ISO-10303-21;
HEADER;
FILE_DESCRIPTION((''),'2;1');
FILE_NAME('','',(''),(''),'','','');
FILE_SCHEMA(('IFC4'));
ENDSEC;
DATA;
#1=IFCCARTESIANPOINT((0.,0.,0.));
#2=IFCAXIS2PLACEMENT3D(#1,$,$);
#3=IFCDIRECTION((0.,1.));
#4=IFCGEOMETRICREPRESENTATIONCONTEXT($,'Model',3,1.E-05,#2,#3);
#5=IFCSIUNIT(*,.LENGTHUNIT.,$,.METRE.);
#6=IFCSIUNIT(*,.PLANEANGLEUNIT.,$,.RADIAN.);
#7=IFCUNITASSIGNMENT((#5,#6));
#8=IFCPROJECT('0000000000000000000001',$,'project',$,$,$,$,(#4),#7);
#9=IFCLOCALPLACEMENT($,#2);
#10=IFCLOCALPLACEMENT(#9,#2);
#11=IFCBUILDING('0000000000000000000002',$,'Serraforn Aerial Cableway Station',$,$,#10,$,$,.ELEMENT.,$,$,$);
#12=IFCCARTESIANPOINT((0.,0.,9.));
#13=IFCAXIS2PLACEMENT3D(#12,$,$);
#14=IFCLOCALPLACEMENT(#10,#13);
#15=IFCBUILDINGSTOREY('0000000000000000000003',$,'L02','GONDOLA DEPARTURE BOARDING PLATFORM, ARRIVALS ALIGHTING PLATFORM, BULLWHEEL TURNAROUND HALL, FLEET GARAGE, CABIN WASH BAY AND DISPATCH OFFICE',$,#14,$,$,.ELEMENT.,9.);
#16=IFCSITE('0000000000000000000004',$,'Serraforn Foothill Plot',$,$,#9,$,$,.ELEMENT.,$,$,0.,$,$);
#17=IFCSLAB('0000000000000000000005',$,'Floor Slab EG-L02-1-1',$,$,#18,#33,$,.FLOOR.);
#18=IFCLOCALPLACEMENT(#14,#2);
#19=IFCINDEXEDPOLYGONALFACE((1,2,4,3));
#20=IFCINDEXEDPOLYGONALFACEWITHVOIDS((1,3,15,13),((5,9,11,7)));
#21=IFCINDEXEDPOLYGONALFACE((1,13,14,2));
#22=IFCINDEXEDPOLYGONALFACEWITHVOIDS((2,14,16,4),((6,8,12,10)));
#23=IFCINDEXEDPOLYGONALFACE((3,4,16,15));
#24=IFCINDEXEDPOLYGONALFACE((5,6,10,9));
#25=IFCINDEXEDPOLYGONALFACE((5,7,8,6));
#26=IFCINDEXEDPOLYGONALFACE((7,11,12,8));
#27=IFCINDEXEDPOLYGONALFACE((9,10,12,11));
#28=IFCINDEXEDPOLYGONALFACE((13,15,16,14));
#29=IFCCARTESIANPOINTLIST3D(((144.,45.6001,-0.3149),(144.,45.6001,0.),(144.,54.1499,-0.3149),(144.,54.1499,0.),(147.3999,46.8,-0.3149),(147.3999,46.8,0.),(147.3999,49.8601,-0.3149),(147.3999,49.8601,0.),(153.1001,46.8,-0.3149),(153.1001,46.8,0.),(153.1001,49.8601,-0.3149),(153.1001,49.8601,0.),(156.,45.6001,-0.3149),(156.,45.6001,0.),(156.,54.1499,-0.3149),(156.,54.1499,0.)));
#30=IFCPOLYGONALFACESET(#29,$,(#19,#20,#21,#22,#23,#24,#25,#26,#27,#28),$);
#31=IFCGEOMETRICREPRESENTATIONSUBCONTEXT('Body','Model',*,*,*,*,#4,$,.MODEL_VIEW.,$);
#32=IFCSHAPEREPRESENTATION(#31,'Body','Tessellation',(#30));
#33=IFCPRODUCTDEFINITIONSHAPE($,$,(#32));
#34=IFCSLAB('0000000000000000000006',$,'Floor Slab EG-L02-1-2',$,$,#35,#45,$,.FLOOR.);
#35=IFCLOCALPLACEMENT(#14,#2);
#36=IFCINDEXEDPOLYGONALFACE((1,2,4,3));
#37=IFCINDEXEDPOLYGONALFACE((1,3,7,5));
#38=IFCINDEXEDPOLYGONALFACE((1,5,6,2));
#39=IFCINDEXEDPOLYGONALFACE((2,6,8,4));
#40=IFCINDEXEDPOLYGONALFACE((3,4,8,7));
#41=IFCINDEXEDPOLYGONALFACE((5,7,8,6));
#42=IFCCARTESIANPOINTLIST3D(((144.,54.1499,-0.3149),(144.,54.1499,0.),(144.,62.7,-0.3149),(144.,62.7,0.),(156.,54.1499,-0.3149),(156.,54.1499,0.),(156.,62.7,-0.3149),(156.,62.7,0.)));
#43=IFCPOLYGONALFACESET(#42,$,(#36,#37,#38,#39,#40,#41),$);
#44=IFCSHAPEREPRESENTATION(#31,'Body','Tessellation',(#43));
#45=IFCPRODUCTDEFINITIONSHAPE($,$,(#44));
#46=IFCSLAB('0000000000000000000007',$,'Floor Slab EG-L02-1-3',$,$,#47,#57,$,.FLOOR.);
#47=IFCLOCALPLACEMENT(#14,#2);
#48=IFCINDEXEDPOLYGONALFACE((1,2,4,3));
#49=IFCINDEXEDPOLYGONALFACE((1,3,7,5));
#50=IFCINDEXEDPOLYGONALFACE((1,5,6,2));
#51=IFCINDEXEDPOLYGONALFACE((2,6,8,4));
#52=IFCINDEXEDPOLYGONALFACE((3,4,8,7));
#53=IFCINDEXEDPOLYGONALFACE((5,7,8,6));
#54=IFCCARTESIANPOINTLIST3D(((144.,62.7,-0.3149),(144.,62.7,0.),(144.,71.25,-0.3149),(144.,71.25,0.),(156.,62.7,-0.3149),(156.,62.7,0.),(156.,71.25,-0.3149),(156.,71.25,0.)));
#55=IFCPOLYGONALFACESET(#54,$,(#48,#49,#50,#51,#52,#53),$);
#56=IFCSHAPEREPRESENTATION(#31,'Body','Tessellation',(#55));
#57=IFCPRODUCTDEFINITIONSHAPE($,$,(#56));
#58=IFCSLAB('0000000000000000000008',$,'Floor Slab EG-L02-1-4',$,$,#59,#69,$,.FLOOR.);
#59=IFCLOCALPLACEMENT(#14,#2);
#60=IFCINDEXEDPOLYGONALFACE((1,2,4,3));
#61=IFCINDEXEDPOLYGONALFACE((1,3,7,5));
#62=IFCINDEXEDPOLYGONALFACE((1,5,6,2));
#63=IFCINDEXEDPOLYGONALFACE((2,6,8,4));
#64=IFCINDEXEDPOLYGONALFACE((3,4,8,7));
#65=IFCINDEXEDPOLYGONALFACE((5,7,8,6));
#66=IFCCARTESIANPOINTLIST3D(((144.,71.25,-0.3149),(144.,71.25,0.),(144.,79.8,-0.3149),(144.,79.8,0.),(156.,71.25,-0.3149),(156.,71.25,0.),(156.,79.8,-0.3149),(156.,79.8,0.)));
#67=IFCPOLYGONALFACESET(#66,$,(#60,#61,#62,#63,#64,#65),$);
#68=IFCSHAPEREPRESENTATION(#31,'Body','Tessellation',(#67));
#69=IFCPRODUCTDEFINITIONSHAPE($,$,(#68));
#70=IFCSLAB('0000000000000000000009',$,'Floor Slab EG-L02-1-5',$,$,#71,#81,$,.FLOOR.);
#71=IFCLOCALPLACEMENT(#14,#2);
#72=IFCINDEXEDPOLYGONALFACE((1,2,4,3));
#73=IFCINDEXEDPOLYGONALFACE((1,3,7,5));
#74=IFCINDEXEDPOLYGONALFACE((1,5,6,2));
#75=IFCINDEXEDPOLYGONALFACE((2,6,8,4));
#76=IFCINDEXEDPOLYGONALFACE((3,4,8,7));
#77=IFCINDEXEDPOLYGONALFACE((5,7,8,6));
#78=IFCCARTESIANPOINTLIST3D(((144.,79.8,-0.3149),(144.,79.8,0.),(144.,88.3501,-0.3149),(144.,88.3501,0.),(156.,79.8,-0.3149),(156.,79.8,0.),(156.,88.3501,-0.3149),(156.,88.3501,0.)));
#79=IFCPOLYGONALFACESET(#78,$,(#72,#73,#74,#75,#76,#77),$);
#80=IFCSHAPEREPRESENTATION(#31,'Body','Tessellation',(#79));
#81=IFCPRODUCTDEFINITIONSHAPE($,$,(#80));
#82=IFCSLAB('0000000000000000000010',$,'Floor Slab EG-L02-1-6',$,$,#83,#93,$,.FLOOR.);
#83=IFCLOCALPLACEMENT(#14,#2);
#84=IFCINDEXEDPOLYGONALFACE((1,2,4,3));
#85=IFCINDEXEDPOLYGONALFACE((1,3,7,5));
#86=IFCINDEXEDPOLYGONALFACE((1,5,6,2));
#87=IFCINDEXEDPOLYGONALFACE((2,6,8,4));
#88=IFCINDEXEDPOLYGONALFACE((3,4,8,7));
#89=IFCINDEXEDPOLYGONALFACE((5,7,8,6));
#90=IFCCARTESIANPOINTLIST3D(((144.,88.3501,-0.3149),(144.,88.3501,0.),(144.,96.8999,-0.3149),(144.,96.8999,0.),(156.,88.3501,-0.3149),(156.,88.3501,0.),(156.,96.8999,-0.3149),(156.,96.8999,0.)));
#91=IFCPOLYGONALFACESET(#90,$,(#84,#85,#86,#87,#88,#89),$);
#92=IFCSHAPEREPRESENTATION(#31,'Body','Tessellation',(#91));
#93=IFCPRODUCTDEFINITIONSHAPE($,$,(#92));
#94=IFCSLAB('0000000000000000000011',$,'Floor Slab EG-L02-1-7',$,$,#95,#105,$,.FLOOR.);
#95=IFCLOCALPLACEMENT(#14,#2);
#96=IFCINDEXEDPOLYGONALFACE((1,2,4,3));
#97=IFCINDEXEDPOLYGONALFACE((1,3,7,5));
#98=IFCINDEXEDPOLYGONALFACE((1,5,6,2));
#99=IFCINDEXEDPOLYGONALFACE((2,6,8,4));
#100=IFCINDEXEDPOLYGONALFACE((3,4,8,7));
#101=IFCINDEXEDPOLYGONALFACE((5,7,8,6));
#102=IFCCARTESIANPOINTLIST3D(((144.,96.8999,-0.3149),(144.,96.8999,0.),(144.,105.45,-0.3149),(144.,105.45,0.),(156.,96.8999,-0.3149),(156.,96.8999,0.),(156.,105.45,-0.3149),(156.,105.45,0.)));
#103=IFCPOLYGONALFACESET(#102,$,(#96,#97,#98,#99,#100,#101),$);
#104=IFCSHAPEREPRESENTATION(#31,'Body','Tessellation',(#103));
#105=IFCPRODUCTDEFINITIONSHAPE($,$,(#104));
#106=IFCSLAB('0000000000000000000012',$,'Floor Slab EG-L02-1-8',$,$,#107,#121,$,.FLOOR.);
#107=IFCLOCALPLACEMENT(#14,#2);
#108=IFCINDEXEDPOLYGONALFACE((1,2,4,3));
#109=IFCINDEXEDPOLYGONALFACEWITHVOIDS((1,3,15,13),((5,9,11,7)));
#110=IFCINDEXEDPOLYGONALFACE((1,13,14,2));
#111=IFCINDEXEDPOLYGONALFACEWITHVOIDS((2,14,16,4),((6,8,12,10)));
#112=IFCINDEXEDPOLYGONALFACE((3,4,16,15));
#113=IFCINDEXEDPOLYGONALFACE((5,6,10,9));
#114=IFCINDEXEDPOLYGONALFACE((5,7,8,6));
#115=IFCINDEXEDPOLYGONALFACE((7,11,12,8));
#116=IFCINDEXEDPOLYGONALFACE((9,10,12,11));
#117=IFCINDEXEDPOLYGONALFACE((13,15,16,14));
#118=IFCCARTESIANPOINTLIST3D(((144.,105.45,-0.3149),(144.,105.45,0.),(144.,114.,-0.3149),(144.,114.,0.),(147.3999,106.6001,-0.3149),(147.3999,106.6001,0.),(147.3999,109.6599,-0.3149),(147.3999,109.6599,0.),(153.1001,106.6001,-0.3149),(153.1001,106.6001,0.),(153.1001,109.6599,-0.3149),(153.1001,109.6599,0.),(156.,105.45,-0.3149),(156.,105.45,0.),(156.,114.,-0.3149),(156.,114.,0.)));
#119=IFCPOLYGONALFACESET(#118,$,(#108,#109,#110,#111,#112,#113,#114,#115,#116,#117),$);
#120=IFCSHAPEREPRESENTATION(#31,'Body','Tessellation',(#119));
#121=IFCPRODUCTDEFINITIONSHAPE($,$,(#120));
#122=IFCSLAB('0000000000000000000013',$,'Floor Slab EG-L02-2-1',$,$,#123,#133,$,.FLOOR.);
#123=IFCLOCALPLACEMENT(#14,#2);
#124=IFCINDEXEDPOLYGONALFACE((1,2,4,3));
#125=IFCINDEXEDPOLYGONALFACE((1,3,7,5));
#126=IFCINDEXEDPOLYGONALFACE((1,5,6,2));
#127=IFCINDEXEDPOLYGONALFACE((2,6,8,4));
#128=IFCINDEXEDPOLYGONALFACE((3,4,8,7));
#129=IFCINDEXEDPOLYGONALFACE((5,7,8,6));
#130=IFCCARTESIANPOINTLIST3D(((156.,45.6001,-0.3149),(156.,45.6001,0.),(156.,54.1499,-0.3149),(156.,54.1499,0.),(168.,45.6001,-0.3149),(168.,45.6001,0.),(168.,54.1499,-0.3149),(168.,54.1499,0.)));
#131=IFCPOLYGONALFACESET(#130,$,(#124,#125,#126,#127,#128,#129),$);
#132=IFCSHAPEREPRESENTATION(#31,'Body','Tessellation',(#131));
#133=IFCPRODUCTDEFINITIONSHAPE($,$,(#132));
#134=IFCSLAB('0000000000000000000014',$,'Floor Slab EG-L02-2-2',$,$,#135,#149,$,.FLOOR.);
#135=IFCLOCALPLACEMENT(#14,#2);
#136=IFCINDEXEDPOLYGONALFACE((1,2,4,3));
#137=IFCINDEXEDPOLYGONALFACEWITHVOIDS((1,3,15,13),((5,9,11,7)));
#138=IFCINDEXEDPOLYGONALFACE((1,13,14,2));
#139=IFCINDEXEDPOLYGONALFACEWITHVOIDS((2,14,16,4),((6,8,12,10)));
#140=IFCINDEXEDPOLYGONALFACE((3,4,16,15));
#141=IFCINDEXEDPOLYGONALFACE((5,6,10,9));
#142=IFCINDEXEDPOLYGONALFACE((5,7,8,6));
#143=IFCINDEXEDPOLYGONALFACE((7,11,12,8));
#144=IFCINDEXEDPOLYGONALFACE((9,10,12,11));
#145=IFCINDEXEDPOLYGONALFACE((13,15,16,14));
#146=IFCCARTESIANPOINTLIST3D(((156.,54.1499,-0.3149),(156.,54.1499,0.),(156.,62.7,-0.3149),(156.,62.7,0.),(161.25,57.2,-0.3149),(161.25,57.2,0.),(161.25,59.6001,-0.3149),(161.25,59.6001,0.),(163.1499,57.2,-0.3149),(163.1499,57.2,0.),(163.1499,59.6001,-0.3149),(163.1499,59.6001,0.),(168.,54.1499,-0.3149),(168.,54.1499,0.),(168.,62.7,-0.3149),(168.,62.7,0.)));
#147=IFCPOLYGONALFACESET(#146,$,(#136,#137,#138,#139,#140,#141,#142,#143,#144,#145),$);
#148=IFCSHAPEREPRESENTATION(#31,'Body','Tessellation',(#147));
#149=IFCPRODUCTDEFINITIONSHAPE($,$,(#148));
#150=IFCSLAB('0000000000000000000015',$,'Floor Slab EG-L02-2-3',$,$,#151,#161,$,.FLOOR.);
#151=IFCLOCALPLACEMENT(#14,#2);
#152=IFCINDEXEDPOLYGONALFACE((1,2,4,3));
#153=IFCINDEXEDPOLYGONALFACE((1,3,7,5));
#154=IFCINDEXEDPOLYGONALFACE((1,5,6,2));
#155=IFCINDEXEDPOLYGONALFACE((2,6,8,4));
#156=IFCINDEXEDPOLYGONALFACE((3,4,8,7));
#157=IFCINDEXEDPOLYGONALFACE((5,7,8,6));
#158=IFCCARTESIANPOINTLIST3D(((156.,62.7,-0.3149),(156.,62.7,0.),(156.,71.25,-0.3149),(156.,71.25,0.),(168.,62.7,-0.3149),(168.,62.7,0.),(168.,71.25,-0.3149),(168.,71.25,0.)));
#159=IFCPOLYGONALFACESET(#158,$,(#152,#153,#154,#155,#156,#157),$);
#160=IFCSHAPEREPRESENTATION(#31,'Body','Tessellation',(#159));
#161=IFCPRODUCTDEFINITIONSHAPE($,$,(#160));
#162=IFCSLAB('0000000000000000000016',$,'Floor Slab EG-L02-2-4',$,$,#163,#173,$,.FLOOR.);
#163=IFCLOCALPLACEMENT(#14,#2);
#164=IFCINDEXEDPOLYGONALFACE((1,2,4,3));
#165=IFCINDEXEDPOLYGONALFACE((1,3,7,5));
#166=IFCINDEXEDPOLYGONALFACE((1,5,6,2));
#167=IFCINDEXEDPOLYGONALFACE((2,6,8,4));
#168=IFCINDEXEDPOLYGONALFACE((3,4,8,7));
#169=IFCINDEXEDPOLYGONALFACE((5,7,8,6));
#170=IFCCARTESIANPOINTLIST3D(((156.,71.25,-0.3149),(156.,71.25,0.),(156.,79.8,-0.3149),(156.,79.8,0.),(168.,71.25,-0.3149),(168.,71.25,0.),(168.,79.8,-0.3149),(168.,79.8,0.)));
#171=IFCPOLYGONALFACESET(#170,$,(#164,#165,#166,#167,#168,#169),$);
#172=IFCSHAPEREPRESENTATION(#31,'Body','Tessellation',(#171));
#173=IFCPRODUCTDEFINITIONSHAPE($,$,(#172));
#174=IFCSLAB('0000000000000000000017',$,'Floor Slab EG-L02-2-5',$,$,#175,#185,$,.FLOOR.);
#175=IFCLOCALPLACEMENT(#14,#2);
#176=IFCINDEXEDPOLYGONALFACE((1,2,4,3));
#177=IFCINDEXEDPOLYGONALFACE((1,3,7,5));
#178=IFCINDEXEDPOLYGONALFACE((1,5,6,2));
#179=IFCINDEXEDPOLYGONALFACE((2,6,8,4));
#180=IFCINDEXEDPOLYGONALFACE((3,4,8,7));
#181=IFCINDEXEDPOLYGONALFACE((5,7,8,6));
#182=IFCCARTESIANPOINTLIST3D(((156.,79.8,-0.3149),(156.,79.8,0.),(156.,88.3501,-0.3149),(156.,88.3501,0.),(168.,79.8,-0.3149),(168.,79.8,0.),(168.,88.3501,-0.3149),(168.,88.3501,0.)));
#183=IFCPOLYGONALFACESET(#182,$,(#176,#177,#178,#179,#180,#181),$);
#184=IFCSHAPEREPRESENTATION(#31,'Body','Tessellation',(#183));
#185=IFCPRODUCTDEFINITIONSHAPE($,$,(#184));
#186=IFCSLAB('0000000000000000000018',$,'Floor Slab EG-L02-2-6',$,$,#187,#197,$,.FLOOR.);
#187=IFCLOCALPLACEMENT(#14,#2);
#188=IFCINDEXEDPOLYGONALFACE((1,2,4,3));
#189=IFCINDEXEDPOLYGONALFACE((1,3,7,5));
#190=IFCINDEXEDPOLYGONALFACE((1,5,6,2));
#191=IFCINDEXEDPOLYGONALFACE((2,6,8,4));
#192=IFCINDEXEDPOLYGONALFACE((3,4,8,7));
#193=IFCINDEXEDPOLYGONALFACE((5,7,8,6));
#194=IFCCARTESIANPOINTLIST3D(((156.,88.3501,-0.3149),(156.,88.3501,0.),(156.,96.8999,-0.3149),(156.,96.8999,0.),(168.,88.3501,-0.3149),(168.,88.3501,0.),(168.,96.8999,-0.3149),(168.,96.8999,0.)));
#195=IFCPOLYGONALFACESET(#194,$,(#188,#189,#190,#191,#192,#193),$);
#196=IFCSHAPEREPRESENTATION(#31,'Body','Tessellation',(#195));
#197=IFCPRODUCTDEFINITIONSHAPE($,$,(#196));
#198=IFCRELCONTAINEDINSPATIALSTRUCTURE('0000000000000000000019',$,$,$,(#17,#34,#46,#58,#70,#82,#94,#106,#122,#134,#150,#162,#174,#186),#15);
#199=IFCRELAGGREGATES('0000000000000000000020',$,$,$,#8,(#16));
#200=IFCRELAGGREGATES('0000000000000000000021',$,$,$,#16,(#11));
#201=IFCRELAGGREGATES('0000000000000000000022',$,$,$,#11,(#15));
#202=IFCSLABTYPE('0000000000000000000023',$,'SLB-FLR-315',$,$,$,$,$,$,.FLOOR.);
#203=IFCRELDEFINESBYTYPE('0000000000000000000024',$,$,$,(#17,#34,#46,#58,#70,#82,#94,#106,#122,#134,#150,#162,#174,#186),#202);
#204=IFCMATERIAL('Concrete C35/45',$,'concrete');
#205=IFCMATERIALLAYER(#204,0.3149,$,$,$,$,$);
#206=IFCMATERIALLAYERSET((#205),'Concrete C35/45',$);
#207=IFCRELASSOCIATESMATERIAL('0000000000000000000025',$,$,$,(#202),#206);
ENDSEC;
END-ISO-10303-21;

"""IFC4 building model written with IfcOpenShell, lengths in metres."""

from ifc_helpers import new_model, si_unit, direction, frame, origin, place, context, subcontext, project, spatial, polyline, outline, extrude, material, layer, layer_set, type_object, element, save


model = new_model("IFC4")

# Units and contexts
model_context = context("Model", 3, precision=1e-05, world=origin(), true_north=direction((0.0, 1.0)))
body_context = subcontext(model_context, "Body", "Model", "MODEL_VIEW")
ifc_project = project(units=[si_unit("LENGTHUNIT", "METRE"), si_unit("PLANEANGLEUNIT", "RADIAN")], contexts=[model_context])

# Site, building, storey
site_placement = place(None, origin())
site = spatial("IfcSite", under=ifc_project, at=site_placement, Name="Serraforn Foothill Plot", CompositionType="ELEMENT", RefElevation=0.0)
building_placement = place(site_placement, origin())
building = spatial("IfcBuilding", under=site, at=building_placement, Name="Serraforn Aerial Cableway Station", CompositionType="ELEMENT")
storey_placement = place(building_placement, frame((0.0, 0.0, 9.0)))
storey = spatial("IfcBuildingStorey", under=building, at=storey_placement, Name="L02", Description="GONDOLA DEPARTURE BOARDING PLATFORM, ARRIVALS ALIGHTING PLATFORM, BULLWHEEL TURNAROUND HALL, FLEET GARAGE, CABIN WASH BAY AND DISPATCH OFFICE", CompositionType="ELEMENT", Elevation=9.0)

# Slabs
ifc_material_1 = material(Name="Concrete C35/45", Category="concrete")
ifc_layer_1 = layer(ifc_material_1, 0.3149)
ifc_layer_set_1 = layer_set([ifc_layer_1], Name="Concrete C35/45")
slab_type_1 = type_object("IfcSlabType", Name="SLB-FLR-315", PredefinedType="FLOOR", material=ifc_layer_set_1)
slab_1_placement = place(storey_placement, frame((0.0, 0.0, -0.3149)))
element("IfcSlab", 1, at=slab_1_placement, inside=storey, type_object=slab_type_1, Name="Floor Slab EG-L02-1-1", PredefinedType="FLOOR", context=body_context, shape_type="SweptSolid", body=[
    extrude(outline(polyline([(144.0, 45.6001), (156.0, 45.6001), (156.0, 54.1499), (144.0, 54.1499), (144.0, 45.6001)]), holes=[polyline([(153.1001, 49.8601), (147.3999, 49.8601), (147.3999, 46.8), (153.1001, 46.8), (153.1001, 49.8601)])]), origin(), (0.0, 0.0, 1.0), 0.3149),
])
slab_2_placement = place(storey_placement, frame((0.0, 0.0, -0.3149)))
element("IfcSlab", 2, at=slab_2_placement, inside=storey, type_object=slab_type_1, Name="Floor Slab EG-L02-1-2", PredefinedType="FLOOR", context=body_context, shape_type="SweptSolid", body=[
    extrude(outline(polyline([(144.0, 54.1499), (156.0, 54.1499), (156.0, 62.7), (144.0, 62.7), (144.0, 54.1499)])), origin(), (0.0, 0.0, 1.0), 0.3149),
])
slab_3_placement = place(storey_placement, frame((0.0, 0.0, -0.3149)))
element("IfcSlab", 3, at=slab_3_placement, inside=storey, type_object=slab_type_1, Name="Floor Slab EG-L02-1-3", PredefinedType="FLOOR", context=body_context, shape_type="SweptSolid", body=[
    extrude(outline(polyline([(144.0, 62.7), (156.0, 62.7), (156.0, 71.25), (144.0, 71.25), (144.0, 62.7)])), origin(), (0.0, 0.0, 1.0), 0.3149),
])
slab_4_placement = place(storey_placement, frame((0.0, 0.0, -0.3149)))
element("IfcSlab", 4, at=slab_4_placement, inside=storey, type_object=slab_type_1, Name="Floor Slab EG-L02-1-4", PredefinedType="FLOOR", context=body_context, shape_type="SweptSolid", body=[
    extrude(outline(polyline([(144.0, 71.25), (156.0, 71.25), (156.0, 79.8), (144.0, 79.8), (144.0, 71.25)])), origin(), (0.0, 0.0, 1.0), 0.3149),
])
slab_5_placement = place(storey_placement, frame((0.0, 0.0, -0.3149)))
element("IfcSlab", 5, at=slab_5_placement, inside=storey, type_object=slab_type_1, Name="Floor Slab EG-L02-1-5", PredefinedType="FLOOR", context=body_context, shape_type="SweptSolid", body=[
    extrude(outline(polyline([(144.0, 79.8), (156.0, 79.8), (156.0, 88.3501), (144.0, 88.3501), (144.0, 79.8)])), origin(), (0.0, 0.0, 1.0), 0.3149),
])
slab_6_placement = place(storey_placement, frame((0.0, 0.0, -0.3149)))
element("IfcSlab", 6, at=slab_6_placement, inside=storey, type_object=slab_type_1, Name="Floor Slab EG-L02-1-6", PredefinedType="FLOOR", context=body_context, shape_type="SweptSolid", body=[
    extrude(outline(polyline([(144.0, 88.3501), (156.0, 88.3501), (156.0, 96.8999), (144.0, 96.8999), (144.0, 88.3501)])), origin(), (0.0, 0.0, 1.0), 0.3149),
])
slab_7_placement = place(storey_placement, frame((0.0, 0.0, -0.3149)))
element("IfcSlab", 7, at=slab_7_placement, inside=storey, type_object=slab_type_1, Name="Floor Slab EG-L02-1-7", PredefinedType="FLOOR", context=body_context, shape_type="SweptSolid", body=[
    extrude(outline(polyline([(144.0, 96.8999), (156.0, 96.8999), (156.0, 105.45), (144.0, 105.45), (144.0, 96.8999)])), origin(), (0.0, 0.0, 1.0), 0.3149),
])
slab_8_placement = place(storey_placement, frame((0.0, 0.0, -0.3149)))
element("IfcSlab", 8, at=slab_8_placement, inside=storey, type_object=slab_type_1, Name="Floor Slab EG-L02-1-8", PredefinedType="FLOOR", context=body_context, shape_type="SweptSolid", body=[
    extrude(outline(polyline([(144.0, 105.45), (156.0, 105.45), (156.0, 114.0), (144.0, 114.0), (144.0, 105.45)]), holes=[polyline([(153.1001, 109.6599), (147.3999, 109.6599), (147.3999, 106.6001), (153.1001, 106.6001), (153.1001, 109.6599)])]), origin(), (0.0, 0.0, 1.0), 0.3149),
])
slab_9_placement = place(storey_placement, frame((0.0, 0.0, -0.3149)))
element("IfcSlab", 9, at=slab_9_placement, inside=storey, type_object=slab_type_1, Name="Floor Slab EG-L02-2-1", PredefinedType="FLOOR", context=body_context, shape_type="SweptSolid", body=[
    extrude(outline(polyline([(156.0, 45.6001), (168.0, 45.6001), (168.0, 54.1499), (156.0, 54.1499), (156.0, 45.6001)])), origin(), (0.0, 0.0, 1.0), 0.3149),
])
slab_10_placement = place(storey_placement, frame((0.0, 0.0, -0.3149)))
element("IfcSlab", 10, at=slab_10_placement, inside=storey, type_object=slab_type_1, Name="Floor Slab EG-L02-2-2", PredefinedType="FLOOR", context=body_context, shape_type="SweptSolid", body=[
    extrude(outline(polyline([(156.0, 54.1499), (168.0, 54.1499), (168.0, 62.7), (156.0, 62.7), (156.0, 54.1499)]), holes=[polyline([(161.25, 57.2), (163.1499, 57.2), (163.1499, 59.6001), (161.25, 59.6001), (161.25, 57.2)])]), origin(), (0.0, 0.0, 1.0), 0.3149),
])
slab_11_placement = place(storey_placement, frame((0.0, 0.0, -0.3149)))
element("IfcSlab", 11, at=slab_11_placement, inside=storey, type_object=slab_type_1, Name="Floor Slab EG-L02-2-3", PredefinedType="FLOOR", context=body_context, shape_type="SweptSolid", body=[
    extrude(outline(polyline([(156.0, 62.7), (168.0, 62.7), (168.0, 71.25), (156.0, 71.25), (156.0, 62.7)])), origin(), (0.0, 0.0, 1.0), 0.3149),
])
slab_12_placement = place(storey_placement, frame((0.0, 0.0, -0.3149)))
element("IfcSlab", 12, at=slab_12_placement, inside=storey, type_object=slab_type_1, Name="Floor Slab EG-L02-2-4", PredefinedType="FLOOR", context=body_context, shape_type="SweptSolid", body=[
    extrude(outline(polyline([(156.0, 71.25), (168.0, 71.25), (168.0, 79.8), (156.0, 79.8), (156.0, 71.25)])), origin(), (0.0, 0.0, 1.0), 0.3149),
])
slab_13_placement = place(storey_placement, frame((0.0, 0.0, -0.3149)))
element("IfcSlab", 13, at=slab_13_placement, inside=storey, type_object=slab_type_1, Name="Floor Slab EG-L02-2-5", PredefinedType="FLOOR", context=body_context, shape_type="SweptSolid", body=[
    extrude(outline(polyline([(156.0, 79.8), (168.0, 79.8), (168.0, 88.3501), (156.0, 88.3501), (156.0, 79.8)])), origin(), (0.0, 0.0, 1.0), 0.3149),
])
slab_14_placement = place(storey_placement, frame((0.0, 0.0, -0.3149)))
element("IfcSlab", 14, at=slab_14_placement, inside=storey, type_object=slab_type_1, Name="Floor Slab EG-L02-2-6", PredefinedType="FLOOR", context=body_context, shape_type="SweptSolid", body=[
    extrude(outline(polyline([(156.0, 88.3501), (168.0, 88.3501), (168.0, 96.8999), (156.0, 96.8999), (156.0, 88.3501)])), origin(), (0.0, 0.0, 1.0), 0.3149),
])

save(model, "model.ifc")
